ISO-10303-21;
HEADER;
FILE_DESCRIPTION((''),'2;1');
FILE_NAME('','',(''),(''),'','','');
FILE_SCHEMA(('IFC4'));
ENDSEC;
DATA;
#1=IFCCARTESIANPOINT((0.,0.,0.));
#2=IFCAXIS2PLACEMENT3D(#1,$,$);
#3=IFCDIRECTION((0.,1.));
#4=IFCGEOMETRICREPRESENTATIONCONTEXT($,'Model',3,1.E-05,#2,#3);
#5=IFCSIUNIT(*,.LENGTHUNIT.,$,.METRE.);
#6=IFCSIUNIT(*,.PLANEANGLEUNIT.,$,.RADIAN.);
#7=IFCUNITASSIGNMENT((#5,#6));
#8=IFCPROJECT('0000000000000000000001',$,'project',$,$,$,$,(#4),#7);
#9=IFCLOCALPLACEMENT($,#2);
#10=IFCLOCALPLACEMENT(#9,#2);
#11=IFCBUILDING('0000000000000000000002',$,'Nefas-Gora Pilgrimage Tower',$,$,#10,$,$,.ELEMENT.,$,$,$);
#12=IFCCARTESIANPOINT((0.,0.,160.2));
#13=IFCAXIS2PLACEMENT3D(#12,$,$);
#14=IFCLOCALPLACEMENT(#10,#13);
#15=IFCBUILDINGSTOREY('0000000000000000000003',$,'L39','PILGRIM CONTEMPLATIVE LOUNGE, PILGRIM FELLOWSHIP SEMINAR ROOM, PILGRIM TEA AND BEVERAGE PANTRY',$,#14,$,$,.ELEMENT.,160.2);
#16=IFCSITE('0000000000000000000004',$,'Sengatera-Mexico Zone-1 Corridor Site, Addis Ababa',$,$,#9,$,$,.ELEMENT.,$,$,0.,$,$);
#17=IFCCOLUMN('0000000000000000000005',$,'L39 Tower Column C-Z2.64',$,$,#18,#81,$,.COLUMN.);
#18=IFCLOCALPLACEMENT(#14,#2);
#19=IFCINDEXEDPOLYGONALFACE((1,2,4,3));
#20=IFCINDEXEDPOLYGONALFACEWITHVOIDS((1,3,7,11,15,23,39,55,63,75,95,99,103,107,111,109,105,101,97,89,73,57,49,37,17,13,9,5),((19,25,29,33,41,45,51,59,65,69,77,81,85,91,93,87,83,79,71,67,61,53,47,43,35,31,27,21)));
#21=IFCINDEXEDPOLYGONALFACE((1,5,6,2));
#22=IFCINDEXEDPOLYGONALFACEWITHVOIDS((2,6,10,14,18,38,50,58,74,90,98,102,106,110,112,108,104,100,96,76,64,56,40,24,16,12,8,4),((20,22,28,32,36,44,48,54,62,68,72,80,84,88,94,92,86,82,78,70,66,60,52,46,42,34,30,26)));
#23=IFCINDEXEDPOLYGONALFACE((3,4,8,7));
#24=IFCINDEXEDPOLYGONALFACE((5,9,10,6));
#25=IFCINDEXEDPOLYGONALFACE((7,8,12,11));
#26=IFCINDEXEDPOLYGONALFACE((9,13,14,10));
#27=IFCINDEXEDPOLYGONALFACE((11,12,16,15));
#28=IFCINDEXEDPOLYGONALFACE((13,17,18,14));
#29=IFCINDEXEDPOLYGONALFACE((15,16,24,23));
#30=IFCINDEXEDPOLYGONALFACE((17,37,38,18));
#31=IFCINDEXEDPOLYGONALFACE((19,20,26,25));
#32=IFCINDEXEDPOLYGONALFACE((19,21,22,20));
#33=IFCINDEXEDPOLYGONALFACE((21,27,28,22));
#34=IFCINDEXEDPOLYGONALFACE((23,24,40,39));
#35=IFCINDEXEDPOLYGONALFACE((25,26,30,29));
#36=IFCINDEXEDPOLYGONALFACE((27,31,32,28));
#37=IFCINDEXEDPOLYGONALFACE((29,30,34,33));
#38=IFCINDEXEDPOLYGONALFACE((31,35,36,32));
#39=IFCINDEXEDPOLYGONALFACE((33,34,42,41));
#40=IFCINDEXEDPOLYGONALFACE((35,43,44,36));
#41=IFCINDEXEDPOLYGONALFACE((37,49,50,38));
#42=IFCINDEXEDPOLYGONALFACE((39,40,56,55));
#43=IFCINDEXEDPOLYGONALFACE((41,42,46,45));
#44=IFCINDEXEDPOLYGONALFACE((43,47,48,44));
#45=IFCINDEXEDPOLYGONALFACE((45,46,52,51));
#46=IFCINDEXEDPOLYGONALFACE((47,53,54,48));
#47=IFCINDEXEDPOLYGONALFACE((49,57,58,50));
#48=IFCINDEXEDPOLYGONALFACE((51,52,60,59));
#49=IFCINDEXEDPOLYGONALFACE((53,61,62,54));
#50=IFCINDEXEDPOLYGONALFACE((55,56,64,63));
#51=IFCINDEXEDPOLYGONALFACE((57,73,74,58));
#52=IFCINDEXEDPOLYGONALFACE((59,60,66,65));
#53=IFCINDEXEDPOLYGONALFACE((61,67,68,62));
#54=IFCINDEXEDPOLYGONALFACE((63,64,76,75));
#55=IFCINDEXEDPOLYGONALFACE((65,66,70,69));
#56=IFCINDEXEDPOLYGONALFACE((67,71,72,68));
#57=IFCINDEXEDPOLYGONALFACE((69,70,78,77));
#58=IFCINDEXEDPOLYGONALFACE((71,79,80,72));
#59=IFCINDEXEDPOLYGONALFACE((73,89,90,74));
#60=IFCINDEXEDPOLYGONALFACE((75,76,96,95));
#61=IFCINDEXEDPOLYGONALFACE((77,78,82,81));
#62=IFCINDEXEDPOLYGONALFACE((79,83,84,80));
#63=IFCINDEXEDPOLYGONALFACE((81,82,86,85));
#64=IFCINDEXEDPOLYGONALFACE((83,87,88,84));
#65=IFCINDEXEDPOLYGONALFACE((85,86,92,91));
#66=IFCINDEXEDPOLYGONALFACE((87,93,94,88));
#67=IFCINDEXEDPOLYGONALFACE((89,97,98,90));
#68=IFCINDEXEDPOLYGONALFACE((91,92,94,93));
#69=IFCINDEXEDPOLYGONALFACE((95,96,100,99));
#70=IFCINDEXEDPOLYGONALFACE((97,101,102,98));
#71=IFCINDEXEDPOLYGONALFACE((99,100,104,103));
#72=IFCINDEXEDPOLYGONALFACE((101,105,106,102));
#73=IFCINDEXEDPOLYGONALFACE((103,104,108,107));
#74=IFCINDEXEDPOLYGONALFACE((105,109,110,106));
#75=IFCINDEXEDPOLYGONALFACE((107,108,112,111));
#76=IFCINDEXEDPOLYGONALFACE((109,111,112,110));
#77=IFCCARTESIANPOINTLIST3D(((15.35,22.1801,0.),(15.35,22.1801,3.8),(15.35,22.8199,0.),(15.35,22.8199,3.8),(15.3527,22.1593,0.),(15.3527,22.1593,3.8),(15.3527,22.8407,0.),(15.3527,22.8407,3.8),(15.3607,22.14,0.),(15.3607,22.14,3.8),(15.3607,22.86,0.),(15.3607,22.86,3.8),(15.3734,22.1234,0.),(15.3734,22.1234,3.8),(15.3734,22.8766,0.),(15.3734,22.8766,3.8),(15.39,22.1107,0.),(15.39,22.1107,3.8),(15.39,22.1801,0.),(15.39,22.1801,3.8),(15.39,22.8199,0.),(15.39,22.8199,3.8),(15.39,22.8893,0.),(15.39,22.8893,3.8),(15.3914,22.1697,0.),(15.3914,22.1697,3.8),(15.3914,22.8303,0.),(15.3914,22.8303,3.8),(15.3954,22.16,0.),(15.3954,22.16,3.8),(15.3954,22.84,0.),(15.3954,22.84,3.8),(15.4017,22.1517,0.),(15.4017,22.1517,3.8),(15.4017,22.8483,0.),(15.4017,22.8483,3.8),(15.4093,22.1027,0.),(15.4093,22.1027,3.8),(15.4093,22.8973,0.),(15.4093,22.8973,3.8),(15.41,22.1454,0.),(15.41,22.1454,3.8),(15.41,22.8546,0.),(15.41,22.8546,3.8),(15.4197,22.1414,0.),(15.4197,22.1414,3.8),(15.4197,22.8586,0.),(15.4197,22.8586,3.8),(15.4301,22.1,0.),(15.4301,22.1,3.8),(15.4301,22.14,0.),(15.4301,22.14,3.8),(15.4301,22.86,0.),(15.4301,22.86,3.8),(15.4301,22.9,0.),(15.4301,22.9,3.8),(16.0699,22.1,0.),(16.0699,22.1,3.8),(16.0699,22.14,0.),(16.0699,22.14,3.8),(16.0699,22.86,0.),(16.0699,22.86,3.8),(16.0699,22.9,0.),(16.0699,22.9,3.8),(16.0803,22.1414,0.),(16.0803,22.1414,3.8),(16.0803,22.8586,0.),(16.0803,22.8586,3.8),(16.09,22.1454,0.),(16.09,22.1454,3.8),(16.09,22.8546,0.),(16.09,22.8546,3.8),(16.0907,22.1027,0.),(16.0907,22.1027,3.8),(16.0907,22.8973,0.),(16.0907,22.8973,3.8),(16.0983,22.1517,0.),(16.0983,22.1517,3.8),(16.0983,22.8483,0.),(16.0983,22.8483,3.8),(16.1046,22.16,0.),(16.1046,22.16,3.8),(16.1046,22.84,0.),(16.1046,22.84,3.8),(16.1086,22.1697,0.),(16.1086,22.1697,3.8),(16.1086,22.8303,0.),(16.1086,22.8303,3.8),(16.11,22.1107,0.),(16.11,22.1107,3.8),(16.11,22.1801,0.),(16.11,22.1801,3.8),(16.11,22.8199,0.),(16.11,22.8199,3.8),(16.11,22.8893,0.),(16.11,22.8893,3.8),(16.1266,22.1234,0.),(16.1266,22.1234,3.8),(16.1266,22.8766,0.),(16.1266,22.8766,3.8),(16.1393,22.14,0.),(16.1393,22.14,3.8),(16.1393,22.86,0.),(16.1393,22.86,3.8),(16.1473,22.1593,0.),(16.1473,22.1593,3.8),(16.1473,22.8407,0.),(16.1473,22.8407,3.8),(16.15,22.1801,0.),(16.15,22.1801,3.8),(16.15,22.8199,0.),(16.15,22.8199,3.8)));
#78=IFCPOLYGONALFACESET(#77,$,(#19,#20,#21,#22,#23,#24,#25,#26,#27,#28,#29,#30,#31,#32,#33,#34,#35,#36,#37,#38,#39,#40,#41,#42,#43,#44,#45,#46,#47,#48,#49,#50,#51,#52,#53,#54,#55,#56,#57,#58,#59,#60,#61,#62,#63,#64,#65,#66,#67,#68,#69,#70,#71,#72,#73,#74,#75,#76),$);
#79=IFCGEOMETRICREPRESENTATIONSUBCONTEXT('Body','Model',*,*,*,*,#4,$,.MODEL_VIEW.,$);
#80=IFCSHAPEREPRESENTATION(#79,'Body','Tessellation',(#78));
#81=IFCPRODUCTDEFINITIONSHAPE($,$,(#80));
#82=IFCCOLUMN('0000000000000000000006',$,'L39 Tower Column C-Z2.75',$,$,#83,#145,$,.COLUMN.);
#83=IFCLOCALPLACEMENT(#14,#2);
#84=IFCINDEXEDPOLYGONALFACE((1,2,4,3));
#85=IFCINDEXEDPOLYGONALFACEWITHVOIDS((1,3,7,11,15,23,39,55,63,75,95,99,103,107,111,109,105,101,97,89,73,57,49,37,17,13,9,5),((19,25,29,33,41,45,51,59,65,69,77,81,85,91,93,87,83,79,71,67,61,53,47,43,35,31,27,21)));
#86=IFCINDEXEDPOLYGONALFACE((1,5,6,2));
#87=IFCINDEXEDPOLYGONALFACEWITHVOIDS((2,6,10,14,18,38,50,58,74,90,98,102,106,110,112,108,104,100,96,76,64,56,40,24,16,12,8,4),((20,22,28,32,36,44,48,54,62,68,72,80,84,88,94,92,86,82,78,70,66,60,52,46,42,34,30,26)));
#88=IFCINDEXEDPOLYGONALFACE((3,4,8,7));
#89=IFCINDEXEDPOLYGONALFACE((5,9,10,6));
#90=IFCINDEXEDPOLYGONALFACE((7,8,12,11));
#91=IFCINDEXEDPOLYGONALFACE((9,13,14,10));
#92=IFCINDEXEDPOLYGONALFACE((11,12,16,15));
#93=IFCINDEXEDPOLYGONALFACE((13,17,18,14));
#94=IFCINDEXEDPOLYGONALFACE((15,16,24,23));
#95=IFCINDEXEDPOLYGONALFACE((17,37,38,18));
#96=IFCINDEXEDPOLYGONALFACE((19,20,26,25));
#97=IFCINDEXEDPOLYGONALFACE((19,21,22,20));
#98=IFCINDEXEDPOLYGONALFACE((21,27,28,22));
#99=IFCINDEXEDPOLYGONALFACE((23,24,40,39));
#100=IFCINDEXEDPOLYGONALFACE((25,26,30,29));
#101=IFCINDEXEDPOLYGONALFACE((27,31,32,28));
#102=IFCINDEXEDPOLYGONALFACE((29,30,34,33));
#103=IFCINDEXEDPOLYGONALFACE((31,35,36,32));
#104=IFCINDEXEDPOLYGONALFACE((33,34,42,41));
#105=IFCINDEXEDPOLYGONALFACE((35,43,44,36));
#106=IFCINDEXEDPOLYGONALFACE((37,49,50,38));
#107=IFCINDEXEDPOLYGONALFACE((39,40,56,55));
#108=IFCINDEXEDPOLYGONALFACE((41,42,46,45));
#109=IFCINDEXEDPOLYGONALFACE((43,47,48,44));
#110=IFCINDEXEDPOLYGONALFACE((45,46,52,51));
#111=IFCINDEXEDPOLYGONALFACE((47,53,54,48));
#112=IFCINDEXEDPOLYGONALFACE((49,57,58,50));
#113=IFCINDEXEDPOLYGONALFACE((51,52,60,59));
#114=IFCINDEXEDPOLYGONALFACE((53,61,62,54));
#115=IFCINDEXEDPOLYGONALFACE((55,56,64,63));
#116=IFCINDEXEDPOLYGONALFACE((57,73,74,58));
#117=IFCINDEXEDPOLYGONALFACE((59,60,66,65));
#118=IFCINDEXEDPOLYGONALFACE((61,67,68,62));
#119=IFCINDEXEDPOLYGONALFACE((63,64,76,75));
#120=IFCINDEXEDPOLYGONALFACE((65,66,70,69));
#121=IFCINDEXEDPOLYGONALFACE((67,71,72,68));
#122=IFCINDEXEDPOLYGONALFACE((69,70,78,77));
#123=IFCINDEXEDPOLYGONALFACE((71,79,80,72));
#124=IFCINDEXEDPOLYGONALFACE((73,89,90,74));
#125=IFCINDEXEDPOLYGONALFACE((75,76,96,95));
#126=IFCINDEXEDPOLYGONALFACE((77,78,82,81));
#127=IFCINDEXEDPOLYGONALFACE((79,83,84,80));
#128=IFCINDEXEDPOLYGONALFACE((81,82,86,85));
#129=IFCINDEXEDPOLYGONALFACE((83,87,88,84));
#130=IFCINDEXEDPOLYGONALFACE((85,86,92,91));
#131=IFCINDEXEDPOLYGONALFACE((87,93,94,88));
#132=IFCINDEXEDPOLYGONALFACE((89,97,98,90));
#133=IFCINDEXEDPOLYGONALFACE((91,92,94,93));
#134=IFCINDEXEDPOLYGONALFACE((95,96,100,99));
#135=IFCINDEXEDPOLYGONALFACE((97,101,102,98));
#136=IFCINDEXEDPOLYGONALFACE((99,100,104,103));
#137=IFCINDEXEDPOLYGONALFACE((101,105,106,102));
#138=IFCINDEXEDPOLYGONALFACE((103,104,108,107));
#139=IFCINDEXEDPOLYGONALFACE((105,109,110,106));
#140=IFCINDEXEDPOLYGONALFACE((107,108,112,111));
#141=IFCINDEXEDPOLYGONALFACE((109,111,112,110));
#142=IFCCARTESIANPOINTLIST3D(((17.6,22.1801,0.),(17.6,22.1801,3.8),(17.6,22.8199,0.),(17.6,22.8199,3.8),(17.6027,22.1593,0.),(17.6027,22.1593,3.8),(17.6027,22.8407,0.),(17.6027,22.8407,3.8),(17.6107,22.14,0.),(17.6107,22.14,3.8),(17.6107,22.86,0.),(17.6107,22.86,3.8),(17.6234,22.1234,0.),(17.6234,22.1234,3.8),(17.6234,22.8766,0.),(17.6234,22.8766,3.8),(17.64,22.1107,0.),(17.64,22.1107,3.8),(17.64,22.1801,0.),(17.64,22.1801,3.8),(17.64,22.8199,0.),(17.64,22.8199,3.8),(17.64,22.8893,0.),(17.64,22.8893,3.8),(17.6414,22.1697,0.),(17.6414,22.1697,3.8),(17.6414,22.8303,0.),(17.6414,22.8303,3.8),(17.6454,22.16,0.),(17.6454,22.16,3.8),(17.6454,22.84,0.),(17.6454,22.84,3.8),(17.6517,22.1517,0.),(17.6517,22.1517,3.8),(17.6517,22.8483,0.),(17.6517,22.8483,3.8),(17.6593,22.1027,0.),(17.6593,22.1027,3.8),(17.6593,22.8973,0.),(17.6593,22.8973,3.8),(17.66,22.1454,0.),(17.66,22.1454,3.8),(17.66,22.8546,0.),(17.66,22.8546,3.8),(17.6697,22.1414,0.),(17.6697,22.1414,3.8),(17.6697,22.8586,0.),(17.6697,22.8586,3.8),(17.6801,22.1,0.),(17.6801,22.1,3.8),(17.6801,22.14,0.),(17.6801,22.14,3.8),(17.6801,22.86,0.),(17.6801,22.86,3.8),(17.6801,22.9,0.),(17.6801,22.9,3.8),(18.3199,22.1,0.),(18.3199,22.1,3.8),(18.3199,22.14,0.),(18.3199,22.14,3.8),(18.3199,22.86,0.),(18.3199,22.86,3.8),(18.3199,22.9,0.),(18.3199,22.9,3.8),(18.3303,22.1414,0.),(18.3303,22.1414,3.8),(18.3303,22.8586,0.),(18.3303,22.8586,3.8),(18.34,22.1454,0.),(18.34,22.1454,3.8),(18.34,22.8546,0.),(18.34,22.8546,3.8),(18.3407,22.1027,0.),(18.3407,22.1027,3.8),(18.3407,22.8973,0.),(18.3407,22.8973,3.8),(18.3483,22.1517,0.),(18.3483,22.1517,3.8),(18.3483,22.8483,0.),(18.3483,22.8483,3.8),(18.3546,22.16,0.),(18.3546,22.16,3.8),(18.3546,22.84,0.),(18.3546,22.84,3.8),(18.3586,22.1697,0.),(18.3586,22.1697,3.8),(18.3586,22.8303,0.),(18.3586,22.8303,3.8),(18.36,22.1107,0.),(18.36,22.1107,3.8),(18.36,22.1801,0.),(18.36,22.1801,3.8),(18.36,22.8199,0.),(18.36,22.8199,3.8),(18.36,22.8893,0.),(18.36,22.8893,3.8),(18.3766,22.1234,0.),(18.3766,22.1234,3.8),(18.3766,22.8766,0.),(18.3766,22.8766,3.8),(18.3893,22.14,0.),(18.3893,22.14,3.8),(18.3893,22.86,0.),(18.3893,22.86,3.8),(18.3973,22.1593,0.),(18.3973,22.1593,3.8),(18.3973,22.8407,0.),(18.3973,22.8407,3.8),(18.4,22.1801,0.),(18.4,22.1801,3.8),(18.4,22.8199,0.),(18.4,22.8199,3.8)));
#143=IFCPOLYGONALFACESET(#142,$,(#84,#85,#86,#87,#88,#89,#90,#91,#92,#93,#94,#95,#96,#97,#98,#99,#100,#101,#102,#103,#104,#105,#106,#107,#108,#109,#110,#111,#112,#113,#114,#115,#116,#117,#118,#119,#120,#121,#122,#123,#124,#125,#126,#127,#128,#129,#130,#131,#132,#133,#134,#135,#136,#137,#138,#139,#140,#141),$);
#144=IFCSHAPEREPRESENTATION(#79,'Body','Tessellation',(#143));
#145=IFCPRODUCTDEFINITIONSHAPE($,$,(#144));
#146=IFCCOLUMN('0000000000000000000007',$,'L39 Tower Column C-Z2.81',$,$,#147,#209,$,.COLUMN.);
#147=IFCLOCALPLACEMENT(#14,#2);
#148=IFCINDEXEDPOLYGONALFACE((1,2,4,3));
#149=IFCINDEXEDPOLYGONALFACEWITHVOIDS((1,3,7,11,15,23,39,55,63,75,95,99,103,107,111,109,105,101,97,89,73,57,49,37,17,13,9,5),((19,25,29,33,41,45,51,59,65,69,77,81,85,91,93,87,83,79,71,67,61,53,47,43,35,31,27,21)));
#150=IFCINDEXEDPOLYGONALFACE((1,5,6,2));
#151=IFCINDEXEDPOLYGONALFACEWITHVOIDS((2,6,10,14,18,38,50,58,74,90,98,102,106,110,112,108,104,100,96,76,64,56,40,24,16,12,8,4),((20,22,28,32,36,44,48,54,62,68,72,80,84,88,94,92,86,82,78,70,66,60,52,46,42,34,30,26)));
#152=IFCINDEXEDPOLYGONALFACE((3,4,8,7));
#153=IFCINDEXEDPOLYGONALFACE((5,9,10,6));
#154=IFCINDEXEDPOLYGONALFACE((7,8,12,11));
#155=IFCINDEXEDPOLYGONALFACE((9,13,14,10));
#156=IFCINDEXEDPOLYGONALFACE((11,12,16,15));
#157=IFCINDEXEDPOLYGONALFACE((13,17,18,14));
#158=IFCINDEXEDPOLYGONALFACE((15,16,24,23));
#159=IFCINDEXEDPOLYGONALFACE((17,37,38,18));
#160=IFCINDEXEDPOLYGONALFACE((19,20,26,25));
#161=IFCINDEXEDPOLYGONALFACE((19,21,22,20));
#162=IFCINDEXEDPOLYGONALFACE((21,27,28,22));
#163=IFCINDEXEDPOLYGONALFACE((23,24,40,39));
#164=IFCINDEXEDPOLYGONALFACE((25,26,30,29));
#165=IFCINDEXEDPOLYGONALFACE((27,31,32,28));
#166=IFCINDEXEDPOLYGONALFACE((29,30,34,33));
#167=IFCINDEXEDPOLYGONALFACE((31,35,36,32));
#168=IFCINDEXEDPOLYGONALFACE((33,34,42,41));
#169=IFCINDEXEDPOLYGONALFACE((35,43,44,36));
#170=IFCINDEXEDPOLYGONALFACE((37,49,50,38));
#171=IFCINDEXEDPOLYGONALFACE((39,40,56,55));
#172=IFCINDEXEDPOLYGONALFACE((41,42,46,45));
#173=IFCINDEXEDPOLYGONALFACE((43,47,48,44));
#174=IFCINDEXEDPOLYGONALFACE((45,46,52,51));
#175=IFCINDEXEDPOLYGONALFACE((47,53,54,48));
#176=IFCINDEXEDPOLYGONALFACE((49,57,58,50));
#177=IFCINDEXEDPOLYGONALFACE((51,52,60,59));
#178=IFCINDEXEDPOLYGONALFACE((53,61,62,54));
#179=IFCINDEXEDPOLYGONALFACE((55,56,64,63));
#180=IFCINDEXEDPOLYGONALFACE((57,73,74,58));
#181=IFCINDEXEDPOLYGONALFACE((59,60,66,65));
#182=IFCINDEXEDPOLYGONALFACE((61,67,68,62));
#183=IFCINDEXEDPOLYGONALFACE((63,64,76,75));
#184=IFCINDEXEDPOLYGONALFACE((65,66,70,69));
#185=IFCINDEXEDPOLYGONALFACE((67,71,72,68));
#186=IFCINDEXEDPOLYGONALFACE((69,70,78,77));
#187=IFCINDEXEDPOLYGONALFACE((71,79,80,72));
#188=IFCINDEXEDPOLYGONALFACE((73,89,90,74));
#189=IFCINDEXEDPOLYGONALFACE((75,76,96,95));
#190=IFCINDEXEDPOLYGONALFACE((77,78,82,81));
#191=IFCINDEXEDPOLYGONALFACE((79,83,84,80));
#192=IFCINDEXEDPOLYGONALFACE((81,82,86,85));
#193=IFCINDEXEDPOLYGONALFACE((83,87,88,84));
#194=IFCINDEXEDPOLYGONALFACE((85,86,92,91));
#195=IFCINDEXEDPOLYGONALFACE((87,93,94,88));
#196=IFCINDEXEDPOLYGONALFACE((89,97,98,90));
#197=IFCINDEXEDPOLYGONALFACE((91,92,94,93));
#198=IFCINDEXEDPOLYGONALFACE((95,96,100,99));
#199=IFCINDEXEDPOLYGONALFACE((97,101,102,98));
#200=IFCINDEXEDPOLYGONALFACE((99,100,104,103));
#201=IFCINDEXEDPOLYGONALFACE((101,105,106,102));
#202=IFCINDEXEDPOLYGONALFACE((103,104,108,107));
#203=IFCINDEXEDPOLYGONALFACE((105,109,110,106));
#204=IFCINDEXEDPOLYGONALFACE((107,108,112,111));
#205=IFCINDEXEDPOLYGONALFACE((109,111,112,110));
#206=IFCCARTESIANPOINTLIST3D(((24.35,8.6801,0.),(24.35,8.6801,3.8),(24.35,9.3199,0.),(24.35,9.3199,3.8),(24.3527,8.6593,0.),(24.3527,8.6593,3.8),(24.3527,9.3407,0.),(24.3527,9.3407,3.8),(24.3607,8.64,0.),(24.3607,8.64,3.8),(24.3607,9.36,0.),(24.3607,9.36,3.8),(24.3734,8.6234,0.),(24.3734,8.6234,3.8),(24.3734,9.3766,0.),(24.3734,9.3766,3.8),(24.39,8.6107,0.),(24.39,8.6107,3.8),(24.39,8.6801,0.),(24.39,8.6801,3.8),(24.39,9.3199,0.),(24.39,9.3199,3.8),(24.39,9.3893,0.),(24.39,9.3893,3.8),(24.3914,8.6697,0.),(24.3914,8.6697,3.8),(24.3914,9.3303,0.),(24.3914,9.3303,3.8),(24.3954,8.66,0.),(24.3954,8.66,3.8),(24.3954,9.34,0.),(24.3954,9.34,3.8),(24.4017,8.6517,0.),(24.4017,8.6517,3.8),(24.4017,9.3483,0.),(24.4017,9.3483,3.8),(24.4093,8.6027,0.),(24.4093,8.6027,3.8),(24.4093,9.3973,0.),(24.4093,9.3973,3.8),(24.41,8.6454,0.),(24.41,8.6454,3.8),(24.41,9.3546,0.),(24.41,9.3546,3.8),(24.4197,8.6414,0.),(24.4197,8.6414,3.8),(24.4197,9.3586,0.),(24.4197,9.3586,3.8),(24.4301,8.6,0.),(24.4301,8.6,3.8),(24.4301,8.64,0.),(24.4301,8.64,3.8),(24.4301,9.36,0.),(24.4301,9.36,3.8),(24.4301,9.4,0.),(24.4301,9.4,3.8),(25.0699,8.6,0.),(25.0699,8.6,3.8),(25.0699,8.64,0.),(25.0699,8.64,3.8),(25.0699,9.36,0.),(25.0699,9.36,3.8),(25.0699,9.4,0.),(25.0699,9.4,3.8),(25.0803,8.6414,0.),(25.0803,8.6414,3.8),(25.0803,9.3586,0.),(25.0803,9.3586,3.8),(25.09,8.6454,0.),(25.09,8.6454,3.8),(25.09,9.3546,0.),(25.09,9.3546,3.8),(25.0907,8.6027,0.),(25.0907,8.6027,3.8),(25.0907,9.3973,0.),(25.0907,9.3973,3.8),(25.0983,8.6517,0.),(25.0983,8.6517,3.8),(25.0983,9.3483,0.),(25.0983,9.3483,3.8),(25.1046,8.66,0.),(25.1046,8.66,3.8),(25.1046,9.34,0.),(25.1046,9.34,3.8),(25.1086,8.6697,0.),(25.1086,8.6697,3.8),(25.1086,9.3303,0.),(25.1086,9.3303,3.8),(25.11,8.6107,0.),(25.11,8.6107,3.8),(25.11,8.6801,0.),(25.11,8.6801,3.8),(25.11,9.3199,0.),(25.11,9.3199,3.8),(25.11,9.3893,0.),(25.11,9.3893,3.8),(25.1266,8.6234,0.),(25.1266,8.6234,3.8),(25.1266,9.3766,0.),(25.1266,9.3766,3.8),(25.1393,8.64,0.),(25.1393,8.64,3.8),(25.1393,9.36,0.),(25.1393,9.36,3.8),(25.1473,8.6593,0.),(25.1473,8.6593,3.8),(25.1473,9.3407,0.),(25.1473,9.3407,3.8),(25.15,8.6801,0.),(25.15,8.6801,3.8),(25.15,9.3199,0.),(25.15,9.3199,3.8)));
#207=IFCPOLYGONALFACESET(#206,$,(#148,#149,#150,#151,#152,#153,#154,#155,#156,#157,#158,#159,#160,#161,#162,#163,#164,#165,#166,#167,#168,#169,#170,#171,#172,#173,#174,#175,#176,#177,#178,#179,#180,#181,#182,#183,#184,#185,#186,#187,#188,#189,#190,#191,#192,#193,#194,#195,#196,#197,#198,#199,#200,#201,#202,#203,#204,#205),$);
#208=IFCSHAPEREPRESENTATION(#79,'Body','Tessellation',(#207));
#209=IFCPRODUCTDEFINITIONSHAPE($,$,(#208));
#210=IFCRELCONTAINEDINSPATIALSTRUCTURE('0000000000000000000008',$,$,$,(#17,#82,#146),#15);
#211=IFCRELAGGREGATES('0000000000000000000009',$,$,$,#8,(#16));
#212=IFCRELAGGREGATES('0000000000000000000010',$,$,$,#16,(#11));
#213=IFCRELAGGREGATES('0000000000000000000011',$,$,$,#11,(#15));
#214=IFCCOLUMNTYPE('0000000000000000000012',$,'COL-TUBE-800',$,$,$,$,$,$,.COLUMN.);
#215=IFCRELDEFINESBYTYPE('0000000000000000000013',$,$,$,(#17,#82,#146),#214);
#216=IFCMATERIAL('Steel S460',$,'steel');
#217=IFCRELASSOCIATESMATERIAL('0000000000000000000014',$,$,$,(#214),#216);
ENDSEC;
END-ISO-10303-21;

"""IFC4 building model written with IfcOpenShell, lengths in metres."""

from ifc_helpers import new_model, si_unit, direction, frame, origin, origin_2d, place, context, subcontext, project, spatial, hollow_rectangle, extrude, source, transform, mapped, material, material_profile, profile_set, type_object, element, save


model = new_model("IFC4")

# Units and contexts
model_context = context("Model", 3, precision=1e-05, world=origin(), true_north=direction((0.0, 1.0)))
body_context = subcontext(model_context, "Body", "Model", "MODEL_VIEW")
ifc_project = project(units=[si_unit("LENGTHUNIT", "METRE"), si_unit("PLANEANGLEUNIT", "RADIAN")], contexts=[model_context])

# Site, building, storey
site_placement = place(None, origin())
site = spatial("IfcSite", under=ifc_project, at=site_placement, Name="Sengatera-Mexico Zone-1 Corridor Site, Addis Ababa", CompositionType="ELEMENT", RefElevation=0.0)
building_placement = place(site_placement, origin())
building = spatial("IfcBuilding", under=site, at=building_placement, Name="Nefas-Gora Pilgrimage Tower", CompositionType="ELEMENT")
storey_placement = place(building_placement, frame((0.0, 0.0, 160.2)))
storey = spatial("IfcBuildingStorey", under=building, at=storey_placement, Name="L39", Description="PILGRIM CONTEMPLATIVE LOUNGE, PILGRIM FELLOWSHIP SEMINAR ROOM, PILGRIM TEA AND BEVERAGE PANTRY", CompositionType="ELEMENT", Elevation=160.2)

# Columns
ifc_material_1 = material(Name="Steel S460", Category="steel")
ifc_material_profile_1 = material_profile(ifc_material_1, hollow_rectangle(XDim=0.8, YDim=0.8, WallThickness=0.04, InnerFilletRadius=0.04, OuterFilletRadius=0.0801, at=origin_2d()), Name="BOX 800x800x40")
ifc_profile_set_1 = profile_set([ifc_material_profile_1], Name="Steel S460")
column_type_1 = type_object("IfcColumnType", Name="COL-TUBE-800", PredefinedType="COLUMN", material=ifc_profile_set_1)
shared_shape_1 = source(origin(), body_context, "Body", "SweptSolid", [
    extrude(hollow_rectangle(XDim=0.8, YDim=0.8, WallThickness=0.04, InnerFilletRadius=0.04, OuterFilletRadius=0.0801, at=origin_2d()), origin(), (0.0, 0.0, 1.0), 3.8),
])
for number, where, z_axis, x_axis, name in (
    (1, (15.75, 22.5, 0.0), (0.0, 0.0, 1.0), (1.0, 0.0, 0.0), "L39 Tower Column C-Z2.64"),
    (2, (18.0, 22.5, 0.0), (0.0, 0.0, 1.0), (1.0, 0.0, 0.0), "L39 Tower Column C-Z2.75"),
    (3, (24.75, 9.0, 0.0), (0.0, 0.0, 1.0), (1.0, 0.0, 0.0), "L39 Tower Column C-Z2.81"),
):
    element("IfcColumn", number, at=place(storey_placement, frame(where, z_axis=z_axis, x_axis=x_axis)), inside=storey, type_object=column_type_1, Name=name, PredefinedType="COLUMN", context=body_context, shape_type="MappedRepresentation", body=[
        mapped(shared_shape_1, transform((0.0, 0.0, 0.0), x_axis=(1.0, 0.0, 0.0), y_axis=(0.0, 1.0, 0.0), z_axis=(0.0, 0.0, 1.0), scale=1.0)),
    ])

save(model, "model.ifc")
